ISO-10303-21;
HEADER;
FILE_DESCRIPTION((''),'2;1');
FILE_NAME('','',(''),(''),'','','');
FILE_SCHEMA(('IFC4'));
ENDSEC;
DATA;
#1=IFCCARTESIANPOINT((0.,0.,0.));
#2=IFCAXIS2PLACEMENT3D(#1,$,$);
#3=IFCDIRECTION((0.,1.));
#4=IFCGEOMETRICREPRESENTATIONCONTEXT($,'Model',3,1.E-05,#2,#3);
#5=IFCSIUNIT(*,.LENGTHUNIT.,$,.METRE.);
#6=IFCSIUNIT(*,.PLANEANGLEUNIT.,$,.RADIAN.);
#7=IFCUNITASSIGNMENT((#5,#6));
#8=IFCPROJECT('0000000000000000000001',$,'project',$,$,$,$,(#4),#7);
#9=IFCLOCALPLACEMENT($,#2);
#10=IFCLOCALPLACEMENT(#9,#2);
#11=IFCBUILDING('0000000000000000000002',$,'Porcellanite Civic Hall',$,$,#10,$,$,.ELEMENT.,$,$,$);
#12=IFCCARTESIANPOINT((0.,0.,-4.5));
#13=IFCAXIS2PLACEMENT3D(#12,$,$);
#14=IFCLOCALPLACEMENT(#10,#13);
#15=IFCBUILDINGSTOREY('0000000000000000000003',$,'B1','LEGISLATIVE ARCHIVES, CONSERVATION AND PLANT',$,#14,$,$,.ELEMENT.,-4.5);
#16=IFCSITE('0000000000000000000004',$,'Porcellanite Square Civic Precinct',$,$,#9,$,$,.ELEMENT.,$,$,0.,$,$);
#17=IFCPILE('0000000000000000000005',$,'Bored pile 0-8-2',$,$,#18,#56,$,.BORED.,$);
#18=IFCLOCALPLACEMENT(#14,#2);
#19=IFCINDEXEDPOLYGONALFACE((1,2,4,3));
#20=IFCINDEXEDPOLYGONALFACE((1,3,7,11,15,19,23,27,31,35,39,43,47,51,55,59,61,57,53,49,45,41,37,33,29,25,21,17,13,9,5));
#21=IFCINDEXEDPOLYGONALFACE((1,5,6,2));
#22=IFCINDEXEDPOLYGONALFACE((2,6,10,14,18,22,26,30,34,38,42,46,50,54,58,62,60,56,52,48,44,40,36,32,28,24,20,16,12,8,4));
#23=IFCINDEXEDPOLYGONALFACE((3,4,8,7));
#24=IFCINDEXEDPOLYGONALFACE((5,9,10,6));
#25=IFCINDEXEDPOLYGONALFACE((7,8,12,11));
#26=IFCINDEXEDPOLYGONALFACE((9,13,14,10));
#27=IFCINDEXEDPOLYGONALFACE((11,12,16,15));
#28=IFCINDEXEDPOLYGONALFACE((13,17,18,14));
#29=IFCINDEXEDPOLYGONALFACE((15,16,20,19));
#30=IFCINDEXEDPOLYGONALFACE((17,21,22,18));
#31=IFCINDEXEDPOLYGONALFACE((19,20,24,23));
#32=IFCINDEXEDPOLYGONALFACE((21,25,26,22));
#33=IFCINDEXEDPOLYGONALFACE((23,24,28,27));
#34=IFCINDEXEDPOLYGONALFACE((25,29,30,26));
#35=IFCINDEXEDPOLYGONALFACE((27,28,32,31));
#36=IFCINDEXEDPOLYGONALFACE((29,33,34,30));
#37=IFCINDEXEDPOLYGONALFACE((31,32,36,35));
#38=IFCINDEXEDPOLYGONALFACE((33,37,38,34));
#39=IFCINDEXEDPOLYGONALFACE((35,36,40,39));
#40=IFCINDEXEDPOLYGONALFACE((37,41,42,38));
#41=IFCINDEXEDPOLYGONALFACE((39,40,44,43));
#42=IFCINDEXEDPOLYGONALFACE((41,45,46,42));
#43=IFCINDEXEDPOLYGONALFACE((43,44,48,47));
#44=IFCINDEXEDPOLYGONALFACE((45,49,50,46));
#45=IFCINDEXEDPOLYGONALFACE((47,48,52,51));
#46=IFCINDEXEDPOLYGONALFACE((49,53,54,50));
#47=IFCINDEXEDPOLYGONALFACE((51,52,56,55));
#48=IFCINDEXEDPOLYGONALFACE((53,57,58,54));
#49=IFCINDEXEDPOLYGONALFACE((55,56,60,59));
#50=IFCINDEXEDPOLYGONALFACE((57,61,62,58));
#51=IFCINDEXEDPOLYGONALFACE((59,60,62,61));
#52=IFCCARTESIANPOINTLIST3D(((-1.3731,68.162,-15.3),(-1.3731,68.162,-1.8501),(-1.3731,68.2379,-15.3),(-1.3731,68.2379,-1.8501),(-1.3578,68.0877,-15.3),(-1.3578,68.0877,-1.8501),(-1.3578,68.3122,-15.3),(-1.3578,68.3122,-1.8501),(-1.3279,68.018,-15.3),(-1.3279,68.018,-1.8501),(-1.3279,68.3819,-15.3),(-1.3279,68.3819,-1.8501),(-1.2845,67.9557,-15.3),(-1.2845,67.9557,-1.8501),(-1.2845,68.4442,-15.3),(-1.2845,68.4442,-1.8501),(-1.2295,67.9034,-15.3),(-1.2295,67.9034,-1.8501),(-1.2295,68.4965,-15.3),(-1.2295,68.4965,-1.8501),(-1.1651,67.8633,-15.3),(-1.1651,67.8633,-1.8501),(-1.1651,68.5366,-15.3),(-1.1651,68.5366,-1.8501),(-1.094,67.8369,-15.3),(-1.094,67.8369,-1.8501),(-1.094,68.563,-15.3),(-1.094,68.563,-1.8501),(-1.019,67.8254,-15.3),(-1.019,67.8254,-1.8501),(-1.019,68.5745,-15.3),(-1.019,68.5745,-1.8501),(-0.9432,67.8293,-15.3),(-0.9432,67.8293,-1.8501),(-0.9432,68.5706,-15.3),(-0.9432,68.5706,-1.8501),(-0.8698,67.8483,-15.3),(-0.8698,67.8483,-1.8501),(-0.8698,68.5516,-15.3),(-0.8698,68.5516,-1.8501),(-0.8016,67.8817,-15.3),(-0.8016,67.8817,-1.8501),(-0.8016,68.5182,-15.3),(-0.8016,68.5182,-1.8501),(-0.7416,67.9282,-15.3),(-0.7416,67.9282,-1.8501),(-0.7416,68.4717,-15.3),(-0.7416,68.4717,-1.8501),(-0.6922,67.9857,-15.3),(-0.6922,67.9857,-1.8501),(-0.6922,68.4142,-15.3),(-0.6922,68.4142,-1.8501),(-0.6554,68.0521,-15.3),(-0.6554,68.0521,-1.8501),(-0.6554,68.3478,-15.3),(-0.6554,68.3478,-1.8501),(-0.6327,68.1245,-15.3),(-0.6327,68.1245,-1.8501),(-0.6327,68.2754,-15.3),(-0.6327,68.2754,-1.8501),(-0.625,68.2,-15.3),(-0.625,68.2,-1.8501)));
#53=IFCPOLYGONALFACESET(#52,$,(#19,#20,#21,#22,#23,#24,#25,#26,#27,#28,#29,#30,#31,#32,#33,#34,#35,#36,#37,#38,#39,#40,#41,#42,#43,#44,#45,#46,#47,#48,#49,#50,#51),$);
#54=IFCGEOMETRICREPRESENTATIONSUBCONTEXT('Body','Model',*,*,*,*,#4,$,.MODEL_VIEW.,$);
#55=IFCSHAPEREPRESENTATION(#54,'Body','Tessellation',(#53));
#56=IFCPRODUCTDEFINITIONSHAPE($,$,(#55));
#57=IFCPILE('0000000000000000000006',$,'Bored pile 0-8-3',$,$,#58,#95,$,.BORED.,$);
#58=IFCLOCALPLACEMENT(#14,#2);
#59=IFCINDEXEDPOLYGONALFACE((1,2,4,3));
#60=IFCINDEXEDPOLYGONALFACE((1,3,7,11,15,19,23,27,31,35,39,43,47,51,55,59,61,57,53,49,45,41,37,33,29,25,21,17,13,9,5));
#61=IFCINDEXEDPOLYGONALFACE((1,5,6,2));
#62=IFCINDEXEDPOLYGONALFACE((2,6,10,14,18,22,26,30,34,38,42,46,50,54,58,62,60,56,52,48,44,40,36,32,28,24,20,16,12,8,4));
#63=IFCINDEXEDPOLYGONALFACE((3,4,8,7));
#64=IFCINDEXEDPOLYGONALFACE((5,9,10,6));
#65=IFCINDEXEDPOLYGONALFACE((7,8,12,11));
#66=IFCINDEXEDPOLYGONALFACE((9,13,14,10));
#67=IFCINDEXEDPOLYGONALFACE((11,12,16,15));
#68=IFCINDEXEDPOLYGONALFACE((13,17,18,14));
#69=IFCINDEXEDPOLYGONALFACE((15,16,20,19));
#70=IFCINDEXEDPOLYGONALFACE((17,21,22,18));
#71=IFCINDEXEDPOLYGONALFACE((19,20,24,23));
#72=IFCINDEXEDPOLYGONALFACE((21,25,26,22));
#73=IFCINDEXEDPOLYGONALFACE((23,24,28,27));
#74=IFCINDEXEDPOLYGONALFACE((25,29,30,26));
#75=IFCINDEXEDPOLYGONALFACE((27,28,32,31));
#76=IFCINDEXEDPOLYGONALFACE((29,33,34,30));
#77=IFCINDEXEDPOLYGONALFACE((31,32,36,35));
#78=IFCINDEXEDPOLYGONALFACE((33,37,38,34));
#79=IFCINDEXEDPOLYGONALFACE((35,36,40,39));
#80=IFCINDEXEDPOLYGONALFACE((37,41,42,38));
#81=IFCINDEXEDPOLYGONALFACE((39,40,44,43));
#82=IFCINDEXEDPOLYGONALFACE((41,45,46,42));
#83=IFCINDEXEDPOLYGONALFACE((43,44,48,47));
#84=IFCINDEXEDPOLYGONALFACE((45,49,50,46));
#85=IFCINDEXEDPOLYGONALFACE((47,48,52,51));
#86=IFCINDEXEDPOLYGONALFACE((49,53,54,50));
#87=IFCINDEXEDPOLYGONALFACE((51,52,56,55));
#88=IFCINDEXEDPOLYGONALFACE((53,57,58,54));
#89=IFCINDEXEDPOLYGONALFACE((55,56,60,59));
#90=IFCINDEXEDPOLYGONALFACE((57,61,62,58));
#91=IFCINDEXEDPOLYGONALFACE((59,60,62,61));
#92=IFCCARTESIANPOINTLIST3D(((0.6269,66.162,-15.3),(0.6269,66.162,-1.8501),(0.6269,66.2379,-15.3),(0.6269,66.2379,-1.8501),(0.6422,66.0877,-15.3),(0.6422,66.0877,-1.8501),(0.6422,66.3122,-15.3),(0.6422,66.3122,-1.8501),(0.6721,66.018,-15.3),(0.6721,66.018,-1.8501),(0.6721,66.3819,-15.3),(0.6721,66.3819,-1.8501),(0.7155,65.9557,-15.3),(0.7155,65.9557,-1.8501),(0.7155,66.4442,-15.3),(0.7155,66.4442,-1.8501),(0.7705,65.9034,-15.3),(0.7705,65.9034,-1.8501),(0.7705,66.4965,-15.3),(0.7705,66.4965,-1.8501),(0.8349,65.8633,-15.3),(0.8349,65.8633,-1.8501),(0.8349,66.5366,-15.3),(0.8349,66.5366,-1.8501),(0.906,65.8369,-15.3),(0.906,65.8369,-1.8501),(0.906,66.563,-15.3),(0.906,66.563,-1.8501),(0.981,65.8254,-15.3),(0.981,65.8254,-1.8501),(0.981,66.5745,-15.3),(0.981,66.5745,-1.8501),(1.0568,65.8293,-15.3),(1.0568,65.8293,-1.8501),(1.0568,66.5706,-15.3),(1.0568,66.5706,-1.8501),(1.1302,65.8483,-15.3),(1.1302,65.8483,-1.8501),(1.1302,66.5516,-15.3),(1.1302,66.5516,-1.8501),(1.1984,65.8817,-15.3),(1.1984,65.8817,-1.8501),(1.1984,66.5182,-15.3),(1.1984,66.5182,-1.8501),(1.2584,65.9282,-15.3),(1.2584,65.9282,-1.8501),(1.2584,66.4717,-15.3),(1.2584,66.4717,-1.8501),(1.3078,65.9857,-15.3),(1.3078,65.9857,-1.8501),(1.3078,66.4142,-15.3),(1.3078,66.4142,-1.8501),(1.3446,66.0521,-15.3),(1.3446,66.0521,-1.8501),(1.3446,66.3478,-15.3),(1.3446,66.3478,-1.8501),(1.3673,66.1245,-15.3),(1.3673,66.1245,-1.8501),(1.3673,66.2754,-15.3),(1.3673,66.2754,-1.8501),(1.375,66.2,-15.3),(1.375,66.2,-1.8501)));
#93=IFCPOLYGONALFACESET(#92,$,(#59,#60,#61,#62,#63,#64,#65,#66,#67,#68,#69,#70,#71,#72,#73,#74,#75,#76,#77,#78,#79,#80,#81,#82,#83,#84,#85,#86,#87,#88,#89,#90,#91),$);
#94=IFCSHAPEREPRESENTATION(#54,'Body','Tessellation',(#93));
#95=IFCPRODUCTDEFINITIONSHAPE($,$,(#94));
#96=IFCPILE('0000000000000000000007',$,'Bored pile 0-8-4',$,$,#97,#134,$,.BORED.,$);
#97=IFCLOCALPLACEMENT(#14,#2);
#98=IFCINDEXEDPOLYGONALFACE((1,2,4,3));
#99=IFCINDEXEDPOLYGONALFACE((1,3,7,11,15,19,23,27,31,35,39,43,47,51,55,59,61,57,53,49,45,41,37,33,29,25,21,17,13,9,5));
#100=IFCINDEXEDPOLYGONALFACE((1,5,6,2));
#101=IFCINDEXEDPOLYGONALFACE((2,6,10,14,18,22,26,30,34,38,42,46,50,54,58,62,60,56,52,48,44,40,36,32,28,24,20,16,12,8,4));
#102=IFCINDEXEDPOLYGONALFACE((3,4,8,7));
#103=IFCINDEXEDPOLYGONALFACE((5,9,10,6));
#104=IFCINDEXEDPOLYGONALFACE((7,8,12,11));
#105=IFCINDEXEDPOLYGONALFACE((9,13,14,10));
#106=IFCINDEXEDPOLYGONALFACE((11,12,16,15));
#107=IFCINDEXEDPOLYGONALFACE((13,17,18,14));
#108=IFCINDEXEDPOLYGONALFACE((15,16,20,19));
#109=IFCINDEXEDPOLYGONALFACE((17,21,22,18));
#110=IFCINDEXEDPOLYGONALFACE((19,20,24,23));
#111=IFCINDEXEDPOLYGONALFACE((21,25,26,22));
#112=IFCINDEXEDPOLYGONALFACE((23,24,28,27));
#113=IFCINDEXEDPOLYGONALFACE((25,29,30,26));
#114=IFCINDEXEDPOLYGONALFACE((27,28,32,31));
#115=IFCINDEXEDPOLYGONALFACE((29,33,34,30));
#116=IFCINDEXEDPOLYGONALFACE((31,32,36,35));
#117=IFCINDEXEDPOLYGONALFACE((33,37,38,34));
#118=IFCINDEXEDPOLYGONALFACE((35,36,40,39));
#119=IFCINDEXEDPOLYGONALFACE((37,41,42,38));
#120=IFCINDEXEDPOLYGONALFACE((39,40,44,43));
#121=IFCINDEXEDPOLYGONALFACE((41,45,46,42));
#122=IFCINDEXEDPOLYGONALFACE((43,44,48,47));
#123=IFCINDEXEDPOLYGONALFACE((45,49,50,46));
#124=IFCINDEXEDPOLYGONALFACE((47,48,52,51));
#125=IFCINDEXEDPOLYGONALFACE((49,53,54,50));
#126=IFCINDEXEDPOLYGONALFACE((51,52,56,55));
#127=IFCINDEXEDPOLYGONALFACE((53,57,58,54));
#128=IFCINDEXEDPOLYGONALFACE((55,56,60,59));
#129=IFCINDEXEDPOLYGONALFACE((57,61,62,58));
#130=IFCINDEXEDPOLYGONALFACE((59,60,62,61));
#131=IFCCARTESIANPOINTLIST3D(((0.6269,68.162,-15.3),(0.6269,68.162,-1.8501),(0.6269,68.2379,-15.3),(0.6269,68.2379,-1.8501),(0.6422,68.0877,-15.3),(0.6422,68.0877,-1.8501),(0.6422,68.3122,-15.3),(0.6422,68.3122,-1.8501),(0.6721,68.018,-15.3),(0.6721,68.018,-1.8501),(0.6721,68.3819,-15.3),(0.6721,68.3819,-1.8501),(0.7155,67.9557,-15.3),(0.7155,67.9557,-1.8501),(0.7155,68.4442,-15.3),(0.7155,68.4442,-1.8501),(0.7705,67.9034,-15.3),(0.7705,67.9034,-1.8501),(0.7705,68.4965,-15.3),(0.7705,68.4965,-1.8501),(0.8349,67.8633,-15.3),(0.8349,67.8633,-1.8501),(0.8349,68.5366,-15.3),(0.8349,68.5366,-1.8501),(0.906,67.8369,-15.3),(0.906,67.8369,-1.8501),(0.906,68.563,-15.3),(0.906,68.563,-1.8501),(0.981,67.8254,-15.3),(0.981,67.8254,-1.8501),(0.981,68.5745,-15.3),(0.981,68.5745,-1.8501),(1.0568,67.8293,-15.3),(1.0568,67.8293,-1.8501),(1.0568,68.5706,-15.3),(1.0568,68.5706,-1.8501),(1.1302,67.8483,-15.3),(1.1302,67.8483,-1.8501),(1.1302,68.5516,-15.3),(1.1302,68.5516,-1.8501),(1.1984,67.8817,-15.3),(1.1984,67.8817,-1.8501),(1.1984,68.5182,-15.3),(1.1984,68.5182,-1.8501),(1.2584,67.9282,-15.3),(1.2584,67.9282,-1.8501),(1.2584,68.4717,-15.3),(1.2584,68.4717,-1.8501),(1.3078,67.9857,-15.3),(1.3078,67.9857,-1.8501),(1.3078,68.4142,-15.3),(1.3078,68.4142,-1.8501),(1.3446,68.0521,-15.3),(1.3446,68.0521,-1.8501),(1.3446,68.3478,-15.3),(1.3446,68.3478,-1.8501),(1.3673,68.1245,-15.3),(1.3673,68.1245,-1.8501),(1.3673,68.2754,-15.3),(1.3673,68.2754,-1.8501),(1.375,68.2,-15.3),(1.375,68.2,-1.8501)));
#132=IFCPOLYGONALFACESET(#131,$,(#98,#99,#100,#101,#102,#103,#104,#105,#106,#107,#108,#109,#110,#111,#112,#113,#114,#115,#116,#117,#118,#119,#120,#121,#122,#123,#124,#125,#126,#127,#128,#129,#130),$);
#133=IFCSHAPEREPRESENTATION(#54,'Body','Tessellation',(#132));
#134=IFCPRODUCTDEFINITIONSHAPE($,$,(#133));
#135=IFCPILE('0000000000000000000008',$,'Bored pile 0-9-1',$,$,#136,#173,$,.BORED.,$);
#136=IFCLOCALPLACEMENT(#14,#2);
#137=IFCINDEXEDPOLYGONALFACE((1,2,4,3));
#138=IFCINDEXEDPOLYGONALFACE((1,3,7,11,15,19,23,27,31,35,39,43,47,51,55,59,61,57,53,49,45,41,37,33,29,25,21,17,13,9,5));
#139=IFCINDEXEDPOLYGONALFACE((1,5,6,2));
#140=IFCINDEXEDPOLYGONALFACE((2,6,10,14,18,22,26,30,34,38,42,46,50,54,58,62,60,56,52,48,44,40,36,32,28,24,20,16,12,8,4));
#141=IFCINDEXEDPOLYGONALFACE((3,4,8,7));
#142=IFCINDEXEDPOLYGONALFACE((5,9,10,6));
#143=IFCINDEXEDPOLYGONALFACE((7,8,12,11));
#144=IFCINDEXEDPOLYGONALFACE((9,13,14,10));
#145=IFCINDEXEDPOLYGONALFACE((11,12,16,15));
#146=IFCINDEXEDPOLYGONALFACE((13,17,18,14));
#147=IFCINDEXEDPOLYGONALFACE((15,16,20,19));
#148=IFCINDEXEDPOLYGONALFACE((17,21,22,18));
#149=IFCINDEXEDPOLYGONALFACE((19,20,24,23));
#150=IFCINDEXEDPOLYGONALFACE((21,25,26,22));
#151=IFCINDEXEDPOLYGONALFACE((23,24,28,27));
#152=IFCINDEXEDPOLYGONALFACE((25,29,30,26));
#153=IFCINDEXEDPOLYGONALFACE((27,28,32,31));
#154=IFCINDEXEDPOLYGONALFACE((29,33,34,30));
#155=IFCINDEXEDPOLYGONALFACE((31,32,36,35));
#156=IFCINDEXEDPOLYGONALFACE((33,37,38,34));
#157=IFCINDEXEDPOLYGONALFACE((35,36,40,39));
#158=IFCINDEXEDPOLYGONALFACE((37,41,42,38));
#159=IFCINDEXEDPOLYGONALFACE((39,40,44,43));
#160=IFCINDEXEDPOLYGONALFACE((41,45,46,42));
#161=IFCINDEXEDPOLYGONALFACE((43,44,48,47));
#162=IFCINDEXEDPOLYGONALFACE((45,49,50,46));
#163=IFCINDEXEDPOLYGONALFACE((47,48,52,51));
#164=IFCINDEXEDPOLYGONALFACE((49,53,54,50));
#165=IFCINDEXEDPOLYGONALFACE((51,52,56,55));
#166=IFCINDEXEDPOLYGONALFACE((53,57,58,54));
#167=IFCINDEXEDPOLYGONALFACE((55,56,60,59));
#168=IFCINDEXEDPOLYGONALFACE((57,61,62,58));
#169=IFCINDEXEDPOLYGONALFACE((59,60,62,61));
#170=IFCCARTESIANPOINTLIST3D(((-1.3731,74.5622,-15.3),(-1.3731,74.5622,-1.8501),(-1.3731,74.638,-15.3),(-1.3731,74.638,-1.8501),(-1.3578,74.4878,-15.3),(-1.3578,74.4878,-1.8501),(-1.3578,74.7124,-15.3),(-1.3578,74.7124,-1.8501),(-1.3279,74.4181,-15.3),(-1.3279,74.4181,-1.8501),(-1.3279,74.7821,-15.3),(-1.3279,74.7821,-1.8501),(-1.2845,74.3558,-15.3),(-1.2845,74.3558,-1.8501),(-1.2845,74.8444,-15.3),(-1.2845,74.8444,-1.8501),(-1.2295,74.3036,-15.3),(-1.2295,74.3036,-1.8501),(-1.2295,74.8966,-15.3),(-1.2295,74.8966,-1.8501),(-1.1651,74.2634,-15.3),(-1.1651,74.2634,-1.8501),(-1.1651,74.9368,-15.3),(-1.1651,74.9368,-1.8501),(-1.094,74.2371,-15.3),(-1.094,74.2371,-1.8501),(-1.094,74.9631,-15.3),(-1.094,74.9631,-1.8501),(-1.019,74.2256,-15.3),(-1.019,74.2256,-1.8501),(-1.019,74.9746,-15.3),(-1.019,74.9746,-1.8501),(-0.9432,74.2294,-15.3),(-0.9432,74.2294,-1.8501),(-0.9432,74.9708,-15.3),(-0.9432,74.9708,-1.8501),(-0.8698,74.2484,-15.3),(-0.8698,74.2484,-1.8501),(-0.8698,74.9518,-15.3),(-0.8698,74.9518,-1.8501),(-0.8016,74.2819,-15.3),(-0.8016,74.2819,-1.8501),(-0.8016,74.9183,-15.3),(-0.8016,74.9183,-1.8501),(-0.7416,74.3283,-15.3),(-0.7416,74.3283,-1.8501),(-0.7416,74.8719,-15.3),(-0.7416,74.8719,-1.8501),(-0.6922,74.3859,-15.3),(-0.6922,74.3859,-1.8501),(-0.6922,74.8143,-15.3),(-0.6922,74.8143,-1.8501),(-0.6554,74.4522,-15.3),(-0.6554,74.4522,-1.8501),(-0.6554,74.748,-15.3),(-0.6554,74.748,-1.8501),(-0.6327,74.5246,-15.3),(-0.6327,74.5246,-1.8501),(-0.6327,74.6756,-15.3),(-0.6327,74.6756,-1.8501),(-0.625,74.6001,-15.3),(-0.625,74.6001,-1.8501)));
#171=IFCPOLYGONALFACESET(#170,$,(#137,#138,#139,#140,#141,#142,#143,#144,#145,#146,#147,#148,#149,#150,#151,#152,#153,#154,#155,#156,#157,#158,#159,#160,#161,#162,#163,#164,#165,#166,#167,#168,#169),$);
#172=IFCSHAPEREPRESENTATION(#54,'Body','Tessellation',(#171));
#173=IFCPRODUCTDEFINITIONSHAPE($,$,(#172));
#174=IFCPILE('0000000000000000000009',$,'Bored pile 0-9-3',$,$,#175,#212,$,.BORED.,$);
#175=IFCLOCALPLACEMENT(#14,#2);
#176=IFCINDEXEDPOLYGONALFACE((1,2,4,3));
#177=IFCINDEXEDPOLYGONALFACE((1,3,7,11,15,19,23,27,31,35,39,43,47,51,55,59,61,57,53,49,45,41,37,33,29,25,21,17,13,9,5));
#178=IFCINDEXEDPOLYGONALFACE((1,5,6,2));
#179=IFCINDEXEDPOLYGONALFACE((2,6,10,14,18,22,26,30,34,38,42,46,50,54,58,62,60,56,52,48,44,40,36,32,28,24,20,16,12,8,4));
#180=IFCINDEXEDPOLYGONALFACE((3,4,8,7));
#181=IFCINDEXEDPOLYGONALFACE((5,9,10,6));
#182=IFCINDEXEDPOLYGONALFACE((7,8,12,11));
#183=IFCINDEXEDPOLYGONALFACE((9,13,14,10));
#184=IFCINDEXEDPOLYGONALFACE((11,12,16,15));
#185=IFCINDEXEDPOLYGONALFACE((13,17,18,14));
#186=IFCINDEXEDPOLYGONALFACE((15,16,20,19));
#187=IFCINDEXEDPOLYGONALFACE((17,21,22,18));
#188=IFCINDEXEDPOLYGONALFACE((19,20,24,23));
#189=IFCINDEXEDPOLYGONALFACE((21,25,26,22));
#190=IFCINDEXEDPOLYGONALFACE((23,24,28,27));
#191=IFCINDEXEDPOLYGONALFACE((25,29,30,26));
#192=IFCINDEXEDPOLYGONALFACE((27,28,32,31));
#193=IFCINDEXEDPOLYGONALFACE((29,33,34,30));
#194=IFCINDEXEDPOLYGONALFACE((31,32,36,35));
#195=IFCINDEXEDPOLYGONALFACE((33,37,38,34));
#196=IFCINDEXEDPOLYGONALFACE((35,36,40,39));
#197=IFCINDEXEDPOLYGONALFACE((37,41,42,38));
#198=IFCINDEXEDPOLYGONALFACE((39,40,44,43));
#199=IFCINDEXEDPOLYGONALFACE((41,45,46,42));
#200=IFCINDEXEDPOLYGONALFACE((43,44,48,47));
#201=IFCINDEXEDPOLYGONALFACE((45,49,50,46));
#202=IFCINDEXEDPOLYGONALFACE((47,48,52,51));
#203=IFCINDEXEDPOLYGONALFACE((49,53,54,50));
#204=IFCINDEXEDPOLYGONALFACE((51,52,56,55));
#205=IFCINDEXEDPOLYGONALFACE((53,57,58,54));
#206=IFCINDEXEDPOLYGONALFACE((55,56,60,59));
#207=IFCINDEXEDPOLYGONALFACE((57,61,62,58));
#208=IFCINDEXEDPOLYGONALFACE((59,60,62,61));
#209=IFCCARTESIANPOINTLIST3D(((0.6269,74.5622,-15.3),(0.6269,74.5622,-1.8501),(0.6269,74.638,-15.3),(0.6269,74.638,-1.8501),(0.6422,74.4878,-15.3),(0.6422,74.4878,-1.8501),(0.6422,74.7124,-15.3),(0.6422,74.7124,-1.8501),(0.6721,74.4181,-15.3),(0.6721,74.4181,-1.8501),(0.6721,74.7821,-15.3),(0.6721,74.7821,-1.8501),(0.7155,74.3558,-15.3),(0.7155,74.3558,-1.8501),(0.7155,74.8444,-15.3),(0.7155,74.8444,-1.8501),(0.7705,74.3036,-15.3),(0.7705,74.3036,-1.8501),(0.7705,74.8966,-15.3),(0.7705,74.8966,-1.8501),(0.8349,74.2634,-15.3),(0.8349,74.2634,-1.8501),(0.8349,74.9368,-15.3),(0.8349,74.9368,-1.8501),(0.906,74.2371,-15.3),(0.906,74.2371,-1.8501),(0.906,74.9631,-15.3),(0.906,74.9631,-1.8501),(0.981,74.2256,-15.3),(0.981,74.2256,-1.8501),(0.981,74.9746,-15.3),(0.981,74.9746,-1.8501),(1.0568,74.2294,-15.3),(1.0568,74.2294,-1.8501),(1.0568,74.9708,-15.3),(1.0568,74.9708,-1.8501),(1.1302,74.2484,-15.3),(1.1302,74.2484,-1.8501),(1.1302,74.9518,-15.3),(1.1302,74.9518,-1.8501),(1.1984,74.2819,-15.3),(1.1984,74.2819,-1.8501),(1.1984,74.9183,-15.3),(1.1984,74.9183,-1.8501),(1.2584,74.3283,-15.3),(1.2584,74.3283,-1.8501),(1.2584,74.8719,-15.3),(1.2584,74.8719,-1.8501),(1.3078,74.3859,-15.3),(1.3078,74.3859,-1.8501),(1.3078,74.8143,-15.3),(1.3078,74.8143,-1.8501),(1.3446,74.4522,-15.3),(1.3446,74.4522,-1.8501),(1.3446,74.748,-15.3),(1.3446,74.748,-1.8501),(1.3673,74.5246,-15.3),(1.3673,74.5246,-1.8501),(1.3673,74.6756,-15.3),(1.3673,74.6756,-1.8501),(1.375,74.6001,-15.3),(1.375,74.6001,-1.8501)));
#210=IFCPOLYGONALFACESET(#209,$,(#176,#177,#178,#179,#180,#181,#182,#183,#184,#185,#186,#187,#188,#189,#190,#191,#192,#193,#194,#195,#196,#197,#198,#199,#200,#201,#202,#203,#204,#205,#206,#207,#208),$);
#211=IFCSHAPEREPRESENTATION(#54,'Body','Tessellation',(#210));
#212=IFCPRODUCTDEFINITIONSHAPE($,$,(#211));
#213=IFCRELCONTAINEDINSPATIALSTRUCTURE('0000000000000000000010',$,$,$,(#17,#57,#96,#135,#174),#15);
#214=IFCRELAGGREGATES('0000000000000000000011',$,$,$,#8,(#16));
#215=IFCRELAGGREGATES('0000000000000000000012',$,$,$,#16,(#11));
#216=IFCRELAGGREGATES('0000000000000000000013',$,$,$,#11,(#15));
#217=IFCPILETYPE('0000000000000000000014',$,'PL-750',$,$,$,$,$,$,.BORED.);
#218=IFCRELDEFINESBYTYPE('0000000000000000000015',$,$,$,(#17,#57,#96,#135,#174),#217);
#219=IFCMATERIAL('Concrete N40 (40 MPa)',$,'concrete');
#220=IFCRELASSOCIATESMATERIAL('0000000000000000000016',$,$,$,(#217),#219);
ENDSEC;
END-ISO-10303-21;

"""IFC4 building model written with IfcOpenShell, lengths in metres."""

from ifc_helpers import new_model, si_unit, direction, frame, origin, origin_2d, place, context, subcontext, project, spatial, circle, extrude, material, material_profile, profile_set, type_object, element, save


model = new_model("IFC4")

# Units and contexts
model_context = context("Model", 3, precision=1e-05, world=origin(), true_north=direction((0.0, 1.0)))
body_context = subcontext(model_context, "Body", "Model", "MODEL_VIEW")
ifc_project = project(units=[si_unit("LENGTHUNIT", "METRE"), si_unit("PLANEANGLEUNIT", "RADIAN")], contexts=[model_context])

# Site, building, storey
site_placement = place(None, origin())
site = spatial("IfcSite", under=ifc_project, at=site_placement, Name="Porcellanite Square Civic Precinct", CompositionType="ELEMENT", RefElevation=0.0)
building_placement = place(site_placement, origin())
building = spatial("IfcBuilding", under=site, at=building_placement, Name="Porcellanite Civic Hall", CompositionType="ELEMENT")
storey_placement = place(building_placement, frame((0.0, 0.0, -4.5)))
storey = spatial("IfcBuildingStorey", under=building, at=storey_placement, Name="B1", Description="LEGISLATIVE ARCHIVES, CONSERVATION AND PLANT", CompositionType="ELEMENT", Elevation=-4.5)

# Piles
ifc_material_1 = material(Name="Concrete N40 (40 MPa)", Category="concrete")
ifc_material_profile_1 = material_profile(ifc_material_1, circle(Radius=0.375, at=origin_2d()), Name="PILE-D750")
ifc_profile_set_1 = profile_set([ifc_material_profile_1], Name="Concrete N40 (40 MPa)")
pile_type_1 = type_object("IfcPileType", Name="PL-750", PredefinedType="BORED", material=ifc_profile_set_1)
for number, where, z_axis, x_axis, name in (
    (1, (-1.0, 68.2, -1.8501), (0.0, 0.0, -1.0), (1.0, 0.0, 0.0), "Bored pile 0-8-2"),
    (2, (1.0, 66.2, -1.8501), (0.0, 0.0, -1.0), (1.0, 0.0, 0.0), "Bored pile 0-8-3"),
    (3, (1.0, 68.2, -1.8501), (0.0, 0.0, -1.0), (1.0, 0.0, 0.0), "Bored pile 0-8-4"),
    (4, (-1.0, 74.6001, -1.8501), (0.0, 0.0, -1.0), (1.0, 0.0, 0.0), "Bored pile 0-9-1"),
    (5, (1.0, 74.6001, -1.8501), (0.0, 0.0, -1.0), (1.0, 0.0, 0.0), "Bored pile 0-9-3"),
):
    element("IfcPile", number, at=place(storey_placement, frame(where, z_axis=z_axis, x_axis=x_axis)), inside=storey, type_object=pile_type_1, Name=name, PredefinedType="BORED", context=body_context, shape_type="SweptSolid", body=[
        extrude(circle(Radius=0.375, at=origin_2d()), origin(), (0.0, 0.0, 1.0), 13.45),
    ])

save(model, "model.ifc")
